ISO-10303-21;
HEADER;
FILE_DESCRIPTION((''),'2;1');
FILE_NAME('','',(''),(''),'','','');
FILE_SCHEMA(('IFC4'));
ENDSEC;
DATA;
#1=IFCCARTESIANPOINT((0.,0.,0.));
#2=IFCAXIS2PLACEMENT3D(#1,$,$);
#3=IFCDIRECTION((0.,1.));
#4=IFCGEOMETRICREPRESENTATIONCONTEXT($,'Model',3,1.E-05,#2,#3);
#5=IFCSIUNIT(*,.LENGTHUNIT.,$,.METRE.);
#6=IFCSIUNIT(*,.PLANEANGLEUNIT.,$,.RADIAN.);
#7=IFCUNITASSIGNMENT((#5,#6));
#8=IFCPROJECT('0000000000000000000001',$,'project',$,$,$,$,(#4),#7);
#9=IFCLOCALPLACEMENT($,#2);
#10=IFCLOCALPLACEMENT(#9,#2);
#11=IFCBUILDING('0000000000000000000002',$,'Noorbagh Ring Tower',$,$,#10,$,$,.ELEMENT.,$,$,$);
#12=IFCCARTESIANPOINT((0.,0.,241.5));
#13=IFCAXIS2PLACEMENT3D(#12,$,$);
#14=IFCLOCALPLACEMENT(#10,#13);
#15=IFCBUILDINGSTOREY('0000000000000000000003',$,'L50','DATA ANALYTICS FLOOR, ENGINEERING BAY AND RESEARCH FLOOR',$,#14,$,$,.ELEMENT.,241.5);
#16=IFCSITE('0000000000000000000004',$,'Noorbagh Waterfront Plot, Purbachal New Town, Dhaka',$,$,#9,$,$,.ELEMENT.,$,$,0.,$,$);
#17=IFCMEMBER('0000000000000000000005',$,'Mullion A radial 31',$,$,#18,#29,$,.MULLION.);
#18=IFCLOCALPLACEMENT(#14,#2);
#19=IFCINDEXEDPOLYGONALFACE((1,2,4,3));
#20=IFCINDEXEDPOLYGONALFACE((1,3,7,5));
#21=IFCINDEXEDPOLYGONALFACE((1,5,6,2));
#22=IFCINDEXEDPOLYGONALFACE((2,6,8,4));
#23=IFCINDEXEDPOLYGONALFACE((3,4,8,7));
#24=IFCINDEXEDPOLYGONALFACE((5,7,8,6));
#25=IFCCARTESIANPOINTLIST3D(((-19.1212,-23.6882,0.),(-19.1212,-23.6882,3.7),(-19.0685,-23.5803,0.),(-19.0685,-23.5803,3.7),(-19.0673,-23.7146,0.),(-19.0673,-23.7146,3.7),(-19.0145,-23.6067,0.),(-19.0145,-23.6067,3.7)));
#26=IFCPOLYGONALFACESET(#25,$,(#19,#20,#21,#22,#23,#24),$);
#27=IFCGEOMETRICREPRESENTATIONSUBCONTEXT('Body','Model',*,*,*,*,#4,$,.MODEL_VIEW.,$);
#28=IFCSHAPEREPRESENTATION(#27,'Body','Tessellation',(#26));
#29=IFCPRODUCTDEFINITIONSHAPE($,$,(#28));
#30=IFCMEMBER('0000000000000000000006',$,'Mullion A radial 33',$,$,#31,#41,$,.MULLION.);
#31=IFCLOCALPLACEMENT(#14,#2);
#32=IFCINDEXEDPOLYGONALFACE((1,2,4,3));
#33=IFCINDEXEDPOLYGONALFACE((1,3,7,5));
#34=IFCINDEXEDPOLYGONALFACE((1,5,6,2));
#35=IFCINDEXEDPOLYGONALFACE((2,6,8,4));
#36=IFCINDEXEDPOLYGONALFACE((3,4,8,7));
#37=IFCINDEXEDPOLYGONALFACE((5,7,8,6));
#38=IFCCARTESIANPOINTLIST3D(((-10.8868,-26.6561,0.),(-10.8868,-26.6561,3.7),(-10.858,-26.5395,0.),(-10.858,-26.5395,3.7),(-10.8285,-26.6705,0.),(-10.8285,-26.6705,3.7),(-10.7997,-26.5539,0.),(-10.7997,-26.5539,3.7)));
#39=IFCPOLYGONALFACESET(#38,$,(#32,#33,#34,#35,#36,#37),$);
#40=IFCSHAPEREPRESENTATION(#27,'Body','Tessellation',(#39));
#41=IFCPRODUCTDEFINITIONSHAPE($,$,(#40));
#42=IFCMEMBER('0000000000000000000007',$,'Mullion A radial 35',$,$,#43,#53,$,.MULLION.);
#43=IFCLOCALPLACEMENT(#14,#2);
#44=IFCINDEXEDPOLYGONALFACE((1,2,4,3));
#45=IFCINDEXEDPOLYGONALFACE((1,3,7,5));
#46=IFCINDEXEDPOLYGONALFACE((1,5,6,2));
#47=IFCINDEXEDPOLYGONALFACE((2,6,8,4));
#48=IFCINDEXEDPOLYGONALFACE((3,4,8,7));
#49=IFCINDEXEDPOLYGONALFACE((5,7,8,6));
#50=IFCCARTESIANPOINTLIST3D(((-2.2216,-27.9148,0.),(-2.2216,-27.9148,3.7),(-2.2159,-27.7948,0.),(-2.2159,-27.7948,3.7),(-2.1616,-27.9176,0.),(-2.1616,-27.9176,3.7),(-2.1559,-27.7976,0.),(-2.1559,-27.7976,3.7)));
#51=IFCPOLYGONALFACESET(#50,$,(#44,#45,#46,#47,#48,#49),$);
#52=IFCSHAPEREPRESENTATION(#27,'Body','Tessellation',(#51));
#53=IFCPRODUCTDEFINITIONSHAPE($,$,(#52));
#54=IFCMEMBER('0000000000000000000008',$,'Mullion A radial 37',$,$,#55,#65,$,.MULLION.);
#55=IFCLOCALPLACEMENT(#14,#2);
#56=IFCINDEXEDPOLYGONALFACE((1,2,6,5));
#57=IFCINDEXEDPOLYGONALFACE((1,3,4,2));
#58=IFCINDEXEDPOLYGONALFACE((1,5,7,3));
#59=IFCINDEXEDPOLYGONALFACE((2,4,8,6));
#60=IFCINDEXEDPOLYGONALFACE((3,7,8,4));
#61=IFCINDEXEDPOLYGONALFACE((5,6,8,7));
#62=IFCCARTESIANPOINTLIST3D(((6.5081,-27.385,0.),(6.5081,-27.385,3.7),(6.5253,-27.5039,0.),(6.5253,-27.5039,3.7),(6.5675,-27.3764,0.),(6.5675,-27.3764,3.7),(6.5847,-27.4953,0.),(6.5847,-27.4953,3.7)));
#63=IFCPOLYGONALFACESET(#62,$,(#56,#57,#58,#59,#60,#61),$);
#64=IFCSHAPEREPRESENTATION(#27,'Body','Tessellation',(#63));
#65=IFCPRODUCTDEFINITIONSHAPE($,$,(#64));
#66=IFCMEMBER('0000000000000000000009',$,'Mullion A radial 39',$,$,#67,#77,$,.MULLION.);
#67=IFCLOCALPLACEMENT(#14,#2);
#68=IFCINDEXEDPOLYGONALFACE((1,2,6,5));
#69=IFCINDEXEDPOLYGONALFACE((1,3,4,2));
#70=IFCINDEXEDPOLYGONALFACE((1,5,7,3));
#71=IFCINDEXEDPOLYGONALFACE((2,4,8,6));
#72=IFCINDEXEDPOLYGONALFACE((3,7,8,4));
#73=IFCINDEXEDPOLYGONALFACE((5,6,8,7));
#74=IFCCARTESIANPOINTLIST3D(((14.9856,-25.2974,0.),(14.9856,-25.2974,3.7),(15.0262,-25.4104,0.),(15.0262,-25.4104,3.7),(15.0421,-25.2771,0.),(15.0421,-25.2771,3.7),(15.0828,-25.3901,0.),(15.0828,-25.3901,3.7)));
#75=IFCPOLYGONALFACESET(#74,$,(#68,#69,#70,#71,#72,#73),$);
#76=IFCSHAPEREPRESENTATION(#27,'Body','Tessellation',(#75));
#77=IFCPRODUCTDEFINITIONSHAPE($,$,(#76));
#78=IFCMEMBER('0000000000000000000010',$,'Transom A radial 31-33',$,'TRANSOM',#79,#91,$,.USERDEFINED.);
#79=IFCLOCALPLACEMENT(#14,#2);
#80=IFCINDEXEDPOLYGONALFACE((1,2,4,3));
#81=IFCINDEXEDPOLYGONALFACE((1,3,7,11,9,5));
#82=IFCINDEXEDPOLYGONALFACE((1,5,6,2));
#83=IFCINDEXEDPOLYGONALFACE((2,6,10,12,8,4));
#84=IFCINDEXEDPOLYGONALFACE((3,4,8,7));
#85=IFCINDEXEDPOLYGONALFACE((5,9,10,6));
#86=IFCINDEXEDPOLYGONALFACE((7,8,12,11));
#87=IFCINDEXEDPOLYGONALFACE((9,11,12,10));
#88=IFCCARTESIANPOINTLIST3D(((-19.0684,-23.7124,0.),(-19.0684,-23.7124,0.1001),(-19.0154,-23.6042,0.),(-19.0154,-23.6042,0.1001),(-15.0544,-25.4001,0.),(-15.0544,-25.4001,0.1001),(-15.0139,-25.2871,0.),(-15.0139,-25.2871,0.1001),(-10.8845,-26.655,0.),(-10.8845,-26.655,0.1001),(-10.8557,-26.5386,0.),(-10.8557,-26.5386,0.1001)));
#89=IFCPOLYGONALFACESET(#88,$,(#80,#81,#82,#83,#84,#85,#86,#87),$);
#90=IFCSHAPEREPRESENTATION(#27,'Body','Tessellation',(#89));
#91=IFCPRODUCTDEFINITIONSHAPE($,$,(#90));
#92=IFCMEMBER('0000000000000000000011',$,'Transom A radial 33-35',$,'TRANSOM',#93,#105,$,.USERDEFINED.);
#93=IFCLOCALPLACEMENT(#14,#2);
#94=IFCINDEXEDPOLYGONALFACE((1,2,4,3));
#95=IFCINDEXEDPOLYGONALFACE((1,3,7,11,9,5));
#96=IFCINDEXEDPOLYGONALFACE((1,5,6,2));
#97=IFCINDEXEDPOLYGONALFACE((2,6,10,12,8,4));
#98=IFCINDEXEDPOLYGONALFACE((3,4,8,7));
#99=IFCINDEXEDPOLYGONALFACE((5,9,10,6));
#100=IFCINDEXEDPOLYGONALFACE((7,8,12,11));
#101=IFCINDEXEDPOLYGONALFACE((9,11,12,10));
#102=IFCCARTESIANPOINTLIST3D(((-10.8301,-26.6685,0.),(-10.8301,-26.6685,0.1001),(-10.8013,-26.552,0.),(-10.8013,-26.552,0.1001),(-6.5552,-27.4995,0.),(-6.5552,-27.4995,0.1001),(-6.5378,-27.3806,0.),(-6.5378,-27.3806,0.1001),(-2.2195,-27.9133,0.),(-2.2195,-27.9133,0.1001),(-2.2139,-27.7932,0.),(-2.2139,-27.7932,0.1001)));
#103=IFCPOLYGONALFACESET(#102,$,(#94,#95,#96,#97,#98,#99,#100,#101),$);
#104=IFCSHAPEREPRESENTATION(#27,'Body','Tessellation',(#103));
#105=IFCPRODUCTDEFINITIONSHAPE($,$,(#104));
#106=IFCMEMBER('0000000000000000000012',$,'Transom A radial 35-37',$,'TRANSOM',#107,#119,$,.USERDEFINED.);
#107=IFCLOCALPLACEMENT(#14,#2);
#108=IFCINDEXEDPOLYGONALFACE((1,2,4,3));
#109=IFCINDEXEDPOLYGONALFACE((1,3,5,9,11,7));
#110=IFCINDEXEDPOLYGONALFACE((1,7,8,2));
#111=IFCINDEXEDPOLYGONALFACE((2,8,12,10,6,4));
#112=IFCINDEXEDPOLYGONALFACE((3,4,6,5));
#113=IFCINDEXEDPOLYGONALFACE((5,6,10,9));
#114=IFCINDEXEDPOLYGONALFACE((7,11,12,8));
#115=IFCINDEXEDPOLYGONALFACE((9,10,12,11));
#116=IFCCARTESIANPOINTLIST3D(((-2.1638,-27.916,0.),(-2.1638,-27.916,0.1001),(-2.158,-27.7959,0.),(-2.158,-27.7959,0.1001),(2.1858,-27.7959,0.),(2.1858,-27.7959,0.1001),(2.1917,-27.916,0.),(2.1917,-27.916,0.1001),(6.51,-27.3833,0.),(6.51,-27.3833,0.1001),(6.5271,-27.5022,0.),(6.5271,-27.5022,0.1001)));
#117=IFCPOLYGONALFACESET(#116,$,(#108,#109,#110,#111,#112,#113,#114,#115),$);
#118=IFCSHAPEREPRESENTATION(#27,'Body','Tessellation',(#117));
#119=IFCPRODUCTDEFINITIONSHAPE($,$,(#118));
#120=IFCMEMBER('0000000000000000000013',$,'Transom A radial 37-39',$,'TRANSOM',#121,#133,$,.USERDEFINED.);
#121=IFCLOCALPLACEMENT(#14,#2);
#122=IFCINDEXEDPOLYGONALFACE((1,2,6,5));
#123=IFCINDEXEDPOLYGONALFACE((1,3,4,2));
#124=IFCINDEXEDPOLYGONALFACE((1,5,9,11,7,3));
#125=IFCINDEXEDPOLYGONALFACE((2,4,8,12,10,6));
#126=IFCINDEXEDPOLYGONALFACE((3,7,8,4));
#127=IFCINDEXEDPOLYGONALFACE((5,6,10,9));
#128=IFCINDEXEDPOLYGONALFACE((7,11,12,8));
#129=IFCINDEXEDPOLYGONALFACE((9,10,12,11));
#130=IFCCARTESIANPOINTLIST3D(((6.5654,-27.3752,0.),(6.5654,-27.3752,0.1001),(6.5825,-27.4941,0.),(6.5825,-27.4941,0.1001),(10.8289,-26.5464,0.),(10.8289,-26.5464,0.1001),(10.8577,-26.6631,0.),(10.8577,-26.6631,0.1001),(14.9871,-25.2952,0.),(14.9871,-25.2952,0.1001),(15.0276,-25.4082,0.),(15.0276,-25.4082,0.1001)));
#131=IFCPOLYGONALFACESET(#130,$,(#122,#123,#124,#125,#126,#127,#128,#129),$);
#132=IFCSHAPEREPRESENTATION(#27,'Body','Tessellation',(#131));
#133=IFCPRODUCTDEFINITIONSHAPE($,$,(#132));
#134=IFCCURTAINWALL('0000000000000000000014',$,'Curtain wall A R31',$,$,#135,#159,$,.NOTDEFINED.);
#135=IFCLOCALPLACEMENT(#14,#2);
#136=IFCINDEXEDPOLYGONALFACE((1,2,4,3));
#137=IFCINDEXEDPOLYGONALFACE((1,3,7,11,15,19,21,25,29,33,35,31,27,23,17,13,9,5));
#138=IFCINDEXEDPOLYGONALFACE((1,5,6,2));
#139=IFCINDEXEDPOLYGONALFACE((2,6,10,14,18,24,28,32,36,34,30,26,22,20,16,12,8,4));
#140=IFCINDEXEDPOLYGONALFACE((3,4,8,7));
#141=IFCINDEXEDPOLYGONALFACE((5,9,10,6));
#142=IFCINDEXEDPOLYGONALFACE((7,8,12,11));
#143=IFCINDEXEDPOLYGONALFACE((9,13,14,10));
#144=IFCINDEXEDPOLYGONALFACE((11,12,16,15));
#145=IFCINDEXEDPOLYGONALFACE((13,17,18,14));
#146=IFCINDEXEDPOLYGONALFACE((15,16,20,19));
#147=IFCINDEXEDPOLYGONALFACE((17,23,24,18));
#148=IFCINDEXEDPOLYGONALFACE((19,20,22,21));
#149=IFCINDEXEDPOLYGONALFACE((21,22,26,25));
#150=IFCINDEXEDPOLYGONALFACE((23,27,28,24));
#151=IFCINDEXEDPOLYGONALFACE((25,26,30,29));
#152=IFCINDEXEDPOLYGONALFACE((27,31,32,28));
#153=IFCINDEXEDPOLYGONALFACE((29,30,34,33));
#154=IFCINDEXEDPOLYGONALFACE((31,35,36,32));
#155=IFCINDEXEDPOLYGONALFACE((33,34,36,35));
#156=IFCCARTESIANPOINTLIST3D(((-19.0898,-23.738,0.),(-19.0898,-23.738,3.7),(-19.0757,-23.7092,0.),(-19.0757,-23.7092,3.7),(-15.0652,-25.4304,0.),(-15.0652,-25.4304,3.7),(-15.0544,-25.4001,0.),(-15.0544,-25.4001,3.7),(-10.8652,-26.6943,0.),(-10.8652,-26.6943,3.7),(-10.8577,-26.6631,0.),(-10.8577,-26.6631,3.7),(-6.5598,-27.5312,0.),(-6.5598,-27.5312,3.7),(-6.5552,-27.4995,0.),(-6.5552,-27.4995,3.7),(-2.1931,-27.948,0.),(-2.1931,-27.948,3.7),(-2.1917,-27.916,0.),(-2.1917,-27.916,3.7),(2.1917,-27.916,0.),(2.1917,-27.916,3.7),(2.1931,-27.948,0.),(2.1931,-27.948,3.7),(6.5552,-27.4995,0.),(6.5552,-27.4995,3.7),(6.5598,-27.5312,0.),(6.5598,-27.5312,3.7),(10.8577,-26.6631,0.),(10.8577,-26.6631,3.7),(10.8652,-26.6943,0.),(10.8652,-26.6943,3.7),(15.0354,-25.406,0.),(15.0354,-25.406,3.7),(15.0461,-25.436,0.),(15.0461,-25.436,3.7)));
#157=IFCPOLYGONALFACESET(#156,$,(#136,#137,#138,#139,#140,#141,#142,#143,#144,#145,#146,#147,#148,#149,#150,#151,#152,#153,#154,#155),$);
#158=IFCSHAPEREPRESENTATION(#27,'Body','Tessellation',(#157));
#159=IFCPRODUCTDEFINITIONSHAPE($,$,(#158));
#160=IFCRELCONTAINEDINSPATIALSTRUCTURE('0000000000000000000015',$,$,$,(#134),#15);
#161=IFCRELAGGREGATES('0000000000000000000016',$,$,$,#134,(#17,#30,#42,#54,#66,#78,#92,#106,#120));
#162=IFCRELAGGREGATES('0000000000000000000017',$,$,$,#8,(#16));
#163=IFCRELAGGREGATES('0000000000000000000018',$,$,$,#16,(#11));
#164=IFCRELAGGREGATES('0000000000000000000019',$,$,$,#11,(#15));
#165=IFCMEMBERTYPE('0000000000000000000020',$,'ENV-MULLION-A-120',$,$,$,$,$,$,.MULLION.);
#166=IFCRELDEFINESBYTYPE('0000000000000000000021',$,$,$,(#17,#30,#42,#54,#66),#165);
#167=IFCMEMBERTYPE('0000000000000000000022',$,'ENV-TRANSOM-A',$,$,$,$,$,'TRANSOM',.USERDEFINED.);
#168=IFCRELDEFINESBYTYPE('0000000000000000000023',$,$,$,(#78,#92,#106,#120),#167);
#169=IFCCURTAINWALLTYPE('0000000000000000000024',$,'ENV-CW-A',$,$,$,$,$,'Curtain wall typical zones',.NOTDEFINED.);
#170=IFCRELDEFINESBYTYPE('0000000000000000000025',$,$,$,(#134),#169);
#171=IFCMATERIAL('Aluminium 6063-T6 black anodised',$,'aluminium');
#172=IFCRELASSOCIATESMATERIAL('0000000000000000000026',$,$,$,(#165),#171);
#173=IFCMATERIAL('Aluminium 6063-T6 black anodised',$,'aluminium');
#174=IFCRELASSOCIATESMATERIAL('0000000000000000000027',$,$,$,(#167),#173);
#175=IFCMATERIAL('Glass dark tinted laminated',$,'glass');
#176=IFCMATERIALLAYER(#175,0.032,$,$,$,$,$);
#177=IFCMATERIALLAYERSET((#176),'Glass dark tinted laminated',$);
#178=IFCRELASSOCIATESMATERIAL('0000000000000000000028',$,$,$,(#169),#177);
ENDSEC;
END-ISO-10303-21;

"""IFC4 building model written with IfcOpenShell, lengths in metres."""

from ifc_helpers import new_model, si_unit, direction, frame, origin, origin_2d, place, context, subcontext, project, spatial, polyline, rectangle, outline, extrude, material, layer, layer_set, material_profile, profile_set, type_object, element, aggregate, save


model = new_model("IFC4")

# Units and contexts
model_context = context("Model", 3, precision=1e-05, world=origin(), true_north=direction((0.0, 1.0)))
body_context = subcontext(model_context, "Body", "Model", "MODEL_VIEW")
ifc_project = project(units=[si_unit("LENGTHUNIT", "METRE"), si_unit("PLANEANGLEUNIT", "RADIAN")], contexts=[model_context])

# Members
ifc_material_1 = material(Name="Aluminium 6063-T6 black anodised", Category="aluminium")
ifc_material_profile_1 = material_profile(ifc_material_1, rectangle(XDim=0.1201, YDim=0.0601, at=origin_2d()), Name="120x60")
ifc_profile_set_1 = profile_set([ifc_material_profile_1], Name="Aluminium 6063-T6 black anodised")
member_type_1 = type_object("IfcMemberType", Name="ENV-MULLION-A-120", PredefinedType="MULLION", material=ifc_profile_set_1)
site_placement = place(None, origin())
building_placement = place(site_placement, origin())
storey_placement = place(building_placement, frame((0.0, 0.0, 241.5)))
member_1_placement = place(storey_placement, frame((-19.0679, -23.6475, 0.0), z_axis=(0.0, 0.0, 1.0), x_axis=(0.439238, 0.898371, 0.0)))
member_1 = element("IfcMember", 1, at=member_1_placement, type_object=member_type_1, Name="Mullion A radial 31", PredefinedType="MULLION", context=body_context, shape_type="SweptSolid", body=[
    extrude(rectangle(XDim=0.1201, YDim=0.0601, at=origin_2d()), origin(), (0.0, 0.0, 1.0), 3.7),
])
member_2_placement = place(storey_placement, frame((-10.8433, -26.605, 0.0), z_axis=(0.0, 0.0, 1.0), x_axis=(0.239799, 0.970823, 0.0)))
member_2 = element("IfcMember", 2, at=member_2_placement, type_object=member_type_1, Name="Mullion A radial 33", PredefinedType="MULLION", context=body_context, shape_type="SweptSolid", body=[
    extrude(rectangle(XDim=0.1201, YDim=0.0601, at=origin_2d()), origin(), (0.0, 0.0, 1.0), 3.7),
])
member_3_placement = place(storey_placement, frame((-2.1887, -27.8562, 0.0), z_axis=(0.0, 0.0, 1.0), x_axis=(0.047558, 0.998868, 0.0)))
member_3 = element("IfcMember", 3, at=member_3_placement, type_object=member_type_1, Name="Mullion A radial 35", PredefinedType="MULLION", context=body_context, shape_type="SweptSolid", body=[
    extrude(rectangle(XDim=0.1201, YDim=0.0601, at=origin_2d()), origin(), (0.0, 0.0, 1.0), 3.7),
])
member_4_placement = place(storey_placement, frame((6.5464, -27.4402, 0.0), z_axis=(0.0, 0.0, 1.0), x_axis=(-0.143082, 0.989711, 0.0)))
member_4 = element("IfcMember", 4, at=member_4_placement, type_object=member_type_1, Name="Mullion A radial 37", PredefinedType="MULLION", context=body_context, shape_type="SweptSolid", body=[
    extrude(rectangle(XDim=0.1201, YDim=0.0601, at=origin_2d()), origin(), (0.0, 0.0, 1.0), 3.7),
])
member_5_placement = place(storey_placement, frame((15.0342, -25.3438, 0.0), z_axis=(0.0, 0.0, 1.0), x_axis=(-0.338379, 0.94101, 0.0)))
member_5 = element("IfcMember", 5, at=member_5_placement, type_object=member_type_1, Name="Mullion A radial 39", PredefinedType="MULLION", context=body_context, shape_type="SweptSolid", body=[
    extrude(rectangle(XDim=0.1201, YDim=0.0601, at=origin_2d()), origin(), (0.0, 0.0, 1.0), 3.7),
])
ifc_material_2 = material(Name="Aluminium 6063-T6 black anodised", Category="aluminium")
member_type_2 = type_object("IfcMemberType", Name="ENV-TRANSOM-A", ElementType="TRANSOM", PredefinedType="USERDEFINED", material=ifc_material_2)
member_6_placement = place(storey_placement, origin())
member_6 = element("IfcMember", 6, at=member_6_placement, type_object=member_type_2, Name="Transom A radial 31-33", ObjectType="TRANSOM", PredefinedType="USERDEFINED", context=body_context, shape_type="SweptSolid", body=[
    extrude(outline(polyline([(-19.0684, -23.7124), (-15.0544, -25.4001), (-10.8845, -26.655), (-10.8557, -26.5386), (-15.0139, -25.2871), (-19.0154, -23.6042), (-19.0684, -23.7124)])), origin(), (0.0, 0.0, 1.0), 0.1001),
])
member_7_placement = place(storey_placement, origin())
member_7 = element("IfcMember", 7, at=member_7_placement, type_object=member_type_2, Name="Transom A radial 33-35", ObjectType="TRANSOM", PredefinedType="USERDEFINED", context=body_context, shape_type="SweptSolid", body=[
    extrude(outline(polyline([(-10.8301, -26.6685), (-6.5552, -27.4995), (-2.2195, -27.9133), (-2.2139, -27.7932), (-6.5378, -27.3806), (-10.8013, -26.552), (-10.8301, -26.6685)])), origin(), (0.0, 0.0, 1.0), 0.1001),
])
member_8_placement = place(storey_placement, origin())
member_8 = element("IfcMember", 8, at=member_8_placement, type_object=member_type_2, Name="Transom A radial 35-37", ObjectType="TRANSOM", PredefinedType="USERDEFINED", context=body_context, shape_type="SweptSolid", body=[
    extrude(outline(polyline([(-2.1638, -27.916), (2.1917, -27.916), (6.5271, -27.5022), (6.51, -27.3833), (2.1858, -27.7959), (-2.158, -27.7959), (-2.1638, -27.916)])), origin(), (0.0, 0.0, 1.0), 0.1001),
])
member_9_placement = place(storey_placement, origin())
member_9 = element("IfcMember", 9, at=member_9_placement, type_object=member_type_2, Name="Transom A radial 37-39", ObjectType="TRANSOM", PredefinedType="USERDEFINED", context=body_context, shape_type="SweptSolid", body=[
    extrude(outline(polyline([(6.5825, -27.4941), (10.8577, -26.6631), (15.0276, -25.4082), (14.9871, -25.2952), (10.8289, -26.5464), (6.5654, -27.3752), (6.5825, -27.4941)])), origin(), (0.0, 0.0, 1.0), 0.1001),
])

# Site, building, storey
site = spatial("IfcSite", under=ifc_project, at=site_placement, Name="Noorbagh Waterfront Plot, Purbachal New Town, Dhaka", CompositionType="ELEMENT", RefElevation=0.0)
building = spatial("IfcBuilding", under=site, at=building_placement, Name="Noorbagh Ring Tower", CompositionType="ELEMENT")
storey = spatial("IfcBuildingStorey", under=building, at=storey_placement, Name="L50", Description="DATA ANALYTICS FLOOR, ENGINEERING BAY AND RESEARCH FLOOR", CompositionType="ELEMENT", Elevation=241.5)

# Curtain wall
ifc_material_3 = material(Name="Glass dark tinted laminated", Category="glass")
ifc_layer_1 = layer(ifc_material_3, 0.032)
ifc_layer_set_1 = layer_set([ifc_layer_1], Name="Glass dark tinted laminated")
curtain_wall_type_1 = type_object("IfcCurtainWallType", Name="ENV-CW-A", ElementType="Curtain wall typical zones", PredefinedType="NOTDEFINED", material=ifc_layer_set_1)
curtain_wall_1_placement = place(storey_placement, origin())
curtain_wall_1 = element("IfcCurtainWall", 10, at=curtain_wall_1_placement, inside=storey, type_object=curtain_wall_type_1, Name="Curtain wall A R31", PredefinedType="NOTDEFINED", context=body_context, shape_type="SweptSolid", body=[
    extrude(outline(polyline([(-19.0898, -23.738), (-15.0652, -25.4304), (-10.8652, -26.6943), (-6.5598, -27.5312), (-2.1931, -27.948), (2.1931, -27.948), (6.5598, -27.5312), (10.8652, -26.6943), (15.0461, -25.436), (15.0354, -25.406), (10.8577, -26.6631), (6.5552, -27.4995), (2.1917, -27.916), (-2.1917, -27.916), (-6.5552, -27.4995), (-10.8577, -26.6631), (-15.0544, -25.4001), (-19.0757, -23.7092), (-19.0898, -23.738)])), origin(), (0.0, 0.0, 1.0), 3.7),
])
aggregate(curtain_wall_1, [member_1, member_2, member_3, member_4, member_5, member_6, member_7, member_8, member_9])

save(model, "model.ifc")
